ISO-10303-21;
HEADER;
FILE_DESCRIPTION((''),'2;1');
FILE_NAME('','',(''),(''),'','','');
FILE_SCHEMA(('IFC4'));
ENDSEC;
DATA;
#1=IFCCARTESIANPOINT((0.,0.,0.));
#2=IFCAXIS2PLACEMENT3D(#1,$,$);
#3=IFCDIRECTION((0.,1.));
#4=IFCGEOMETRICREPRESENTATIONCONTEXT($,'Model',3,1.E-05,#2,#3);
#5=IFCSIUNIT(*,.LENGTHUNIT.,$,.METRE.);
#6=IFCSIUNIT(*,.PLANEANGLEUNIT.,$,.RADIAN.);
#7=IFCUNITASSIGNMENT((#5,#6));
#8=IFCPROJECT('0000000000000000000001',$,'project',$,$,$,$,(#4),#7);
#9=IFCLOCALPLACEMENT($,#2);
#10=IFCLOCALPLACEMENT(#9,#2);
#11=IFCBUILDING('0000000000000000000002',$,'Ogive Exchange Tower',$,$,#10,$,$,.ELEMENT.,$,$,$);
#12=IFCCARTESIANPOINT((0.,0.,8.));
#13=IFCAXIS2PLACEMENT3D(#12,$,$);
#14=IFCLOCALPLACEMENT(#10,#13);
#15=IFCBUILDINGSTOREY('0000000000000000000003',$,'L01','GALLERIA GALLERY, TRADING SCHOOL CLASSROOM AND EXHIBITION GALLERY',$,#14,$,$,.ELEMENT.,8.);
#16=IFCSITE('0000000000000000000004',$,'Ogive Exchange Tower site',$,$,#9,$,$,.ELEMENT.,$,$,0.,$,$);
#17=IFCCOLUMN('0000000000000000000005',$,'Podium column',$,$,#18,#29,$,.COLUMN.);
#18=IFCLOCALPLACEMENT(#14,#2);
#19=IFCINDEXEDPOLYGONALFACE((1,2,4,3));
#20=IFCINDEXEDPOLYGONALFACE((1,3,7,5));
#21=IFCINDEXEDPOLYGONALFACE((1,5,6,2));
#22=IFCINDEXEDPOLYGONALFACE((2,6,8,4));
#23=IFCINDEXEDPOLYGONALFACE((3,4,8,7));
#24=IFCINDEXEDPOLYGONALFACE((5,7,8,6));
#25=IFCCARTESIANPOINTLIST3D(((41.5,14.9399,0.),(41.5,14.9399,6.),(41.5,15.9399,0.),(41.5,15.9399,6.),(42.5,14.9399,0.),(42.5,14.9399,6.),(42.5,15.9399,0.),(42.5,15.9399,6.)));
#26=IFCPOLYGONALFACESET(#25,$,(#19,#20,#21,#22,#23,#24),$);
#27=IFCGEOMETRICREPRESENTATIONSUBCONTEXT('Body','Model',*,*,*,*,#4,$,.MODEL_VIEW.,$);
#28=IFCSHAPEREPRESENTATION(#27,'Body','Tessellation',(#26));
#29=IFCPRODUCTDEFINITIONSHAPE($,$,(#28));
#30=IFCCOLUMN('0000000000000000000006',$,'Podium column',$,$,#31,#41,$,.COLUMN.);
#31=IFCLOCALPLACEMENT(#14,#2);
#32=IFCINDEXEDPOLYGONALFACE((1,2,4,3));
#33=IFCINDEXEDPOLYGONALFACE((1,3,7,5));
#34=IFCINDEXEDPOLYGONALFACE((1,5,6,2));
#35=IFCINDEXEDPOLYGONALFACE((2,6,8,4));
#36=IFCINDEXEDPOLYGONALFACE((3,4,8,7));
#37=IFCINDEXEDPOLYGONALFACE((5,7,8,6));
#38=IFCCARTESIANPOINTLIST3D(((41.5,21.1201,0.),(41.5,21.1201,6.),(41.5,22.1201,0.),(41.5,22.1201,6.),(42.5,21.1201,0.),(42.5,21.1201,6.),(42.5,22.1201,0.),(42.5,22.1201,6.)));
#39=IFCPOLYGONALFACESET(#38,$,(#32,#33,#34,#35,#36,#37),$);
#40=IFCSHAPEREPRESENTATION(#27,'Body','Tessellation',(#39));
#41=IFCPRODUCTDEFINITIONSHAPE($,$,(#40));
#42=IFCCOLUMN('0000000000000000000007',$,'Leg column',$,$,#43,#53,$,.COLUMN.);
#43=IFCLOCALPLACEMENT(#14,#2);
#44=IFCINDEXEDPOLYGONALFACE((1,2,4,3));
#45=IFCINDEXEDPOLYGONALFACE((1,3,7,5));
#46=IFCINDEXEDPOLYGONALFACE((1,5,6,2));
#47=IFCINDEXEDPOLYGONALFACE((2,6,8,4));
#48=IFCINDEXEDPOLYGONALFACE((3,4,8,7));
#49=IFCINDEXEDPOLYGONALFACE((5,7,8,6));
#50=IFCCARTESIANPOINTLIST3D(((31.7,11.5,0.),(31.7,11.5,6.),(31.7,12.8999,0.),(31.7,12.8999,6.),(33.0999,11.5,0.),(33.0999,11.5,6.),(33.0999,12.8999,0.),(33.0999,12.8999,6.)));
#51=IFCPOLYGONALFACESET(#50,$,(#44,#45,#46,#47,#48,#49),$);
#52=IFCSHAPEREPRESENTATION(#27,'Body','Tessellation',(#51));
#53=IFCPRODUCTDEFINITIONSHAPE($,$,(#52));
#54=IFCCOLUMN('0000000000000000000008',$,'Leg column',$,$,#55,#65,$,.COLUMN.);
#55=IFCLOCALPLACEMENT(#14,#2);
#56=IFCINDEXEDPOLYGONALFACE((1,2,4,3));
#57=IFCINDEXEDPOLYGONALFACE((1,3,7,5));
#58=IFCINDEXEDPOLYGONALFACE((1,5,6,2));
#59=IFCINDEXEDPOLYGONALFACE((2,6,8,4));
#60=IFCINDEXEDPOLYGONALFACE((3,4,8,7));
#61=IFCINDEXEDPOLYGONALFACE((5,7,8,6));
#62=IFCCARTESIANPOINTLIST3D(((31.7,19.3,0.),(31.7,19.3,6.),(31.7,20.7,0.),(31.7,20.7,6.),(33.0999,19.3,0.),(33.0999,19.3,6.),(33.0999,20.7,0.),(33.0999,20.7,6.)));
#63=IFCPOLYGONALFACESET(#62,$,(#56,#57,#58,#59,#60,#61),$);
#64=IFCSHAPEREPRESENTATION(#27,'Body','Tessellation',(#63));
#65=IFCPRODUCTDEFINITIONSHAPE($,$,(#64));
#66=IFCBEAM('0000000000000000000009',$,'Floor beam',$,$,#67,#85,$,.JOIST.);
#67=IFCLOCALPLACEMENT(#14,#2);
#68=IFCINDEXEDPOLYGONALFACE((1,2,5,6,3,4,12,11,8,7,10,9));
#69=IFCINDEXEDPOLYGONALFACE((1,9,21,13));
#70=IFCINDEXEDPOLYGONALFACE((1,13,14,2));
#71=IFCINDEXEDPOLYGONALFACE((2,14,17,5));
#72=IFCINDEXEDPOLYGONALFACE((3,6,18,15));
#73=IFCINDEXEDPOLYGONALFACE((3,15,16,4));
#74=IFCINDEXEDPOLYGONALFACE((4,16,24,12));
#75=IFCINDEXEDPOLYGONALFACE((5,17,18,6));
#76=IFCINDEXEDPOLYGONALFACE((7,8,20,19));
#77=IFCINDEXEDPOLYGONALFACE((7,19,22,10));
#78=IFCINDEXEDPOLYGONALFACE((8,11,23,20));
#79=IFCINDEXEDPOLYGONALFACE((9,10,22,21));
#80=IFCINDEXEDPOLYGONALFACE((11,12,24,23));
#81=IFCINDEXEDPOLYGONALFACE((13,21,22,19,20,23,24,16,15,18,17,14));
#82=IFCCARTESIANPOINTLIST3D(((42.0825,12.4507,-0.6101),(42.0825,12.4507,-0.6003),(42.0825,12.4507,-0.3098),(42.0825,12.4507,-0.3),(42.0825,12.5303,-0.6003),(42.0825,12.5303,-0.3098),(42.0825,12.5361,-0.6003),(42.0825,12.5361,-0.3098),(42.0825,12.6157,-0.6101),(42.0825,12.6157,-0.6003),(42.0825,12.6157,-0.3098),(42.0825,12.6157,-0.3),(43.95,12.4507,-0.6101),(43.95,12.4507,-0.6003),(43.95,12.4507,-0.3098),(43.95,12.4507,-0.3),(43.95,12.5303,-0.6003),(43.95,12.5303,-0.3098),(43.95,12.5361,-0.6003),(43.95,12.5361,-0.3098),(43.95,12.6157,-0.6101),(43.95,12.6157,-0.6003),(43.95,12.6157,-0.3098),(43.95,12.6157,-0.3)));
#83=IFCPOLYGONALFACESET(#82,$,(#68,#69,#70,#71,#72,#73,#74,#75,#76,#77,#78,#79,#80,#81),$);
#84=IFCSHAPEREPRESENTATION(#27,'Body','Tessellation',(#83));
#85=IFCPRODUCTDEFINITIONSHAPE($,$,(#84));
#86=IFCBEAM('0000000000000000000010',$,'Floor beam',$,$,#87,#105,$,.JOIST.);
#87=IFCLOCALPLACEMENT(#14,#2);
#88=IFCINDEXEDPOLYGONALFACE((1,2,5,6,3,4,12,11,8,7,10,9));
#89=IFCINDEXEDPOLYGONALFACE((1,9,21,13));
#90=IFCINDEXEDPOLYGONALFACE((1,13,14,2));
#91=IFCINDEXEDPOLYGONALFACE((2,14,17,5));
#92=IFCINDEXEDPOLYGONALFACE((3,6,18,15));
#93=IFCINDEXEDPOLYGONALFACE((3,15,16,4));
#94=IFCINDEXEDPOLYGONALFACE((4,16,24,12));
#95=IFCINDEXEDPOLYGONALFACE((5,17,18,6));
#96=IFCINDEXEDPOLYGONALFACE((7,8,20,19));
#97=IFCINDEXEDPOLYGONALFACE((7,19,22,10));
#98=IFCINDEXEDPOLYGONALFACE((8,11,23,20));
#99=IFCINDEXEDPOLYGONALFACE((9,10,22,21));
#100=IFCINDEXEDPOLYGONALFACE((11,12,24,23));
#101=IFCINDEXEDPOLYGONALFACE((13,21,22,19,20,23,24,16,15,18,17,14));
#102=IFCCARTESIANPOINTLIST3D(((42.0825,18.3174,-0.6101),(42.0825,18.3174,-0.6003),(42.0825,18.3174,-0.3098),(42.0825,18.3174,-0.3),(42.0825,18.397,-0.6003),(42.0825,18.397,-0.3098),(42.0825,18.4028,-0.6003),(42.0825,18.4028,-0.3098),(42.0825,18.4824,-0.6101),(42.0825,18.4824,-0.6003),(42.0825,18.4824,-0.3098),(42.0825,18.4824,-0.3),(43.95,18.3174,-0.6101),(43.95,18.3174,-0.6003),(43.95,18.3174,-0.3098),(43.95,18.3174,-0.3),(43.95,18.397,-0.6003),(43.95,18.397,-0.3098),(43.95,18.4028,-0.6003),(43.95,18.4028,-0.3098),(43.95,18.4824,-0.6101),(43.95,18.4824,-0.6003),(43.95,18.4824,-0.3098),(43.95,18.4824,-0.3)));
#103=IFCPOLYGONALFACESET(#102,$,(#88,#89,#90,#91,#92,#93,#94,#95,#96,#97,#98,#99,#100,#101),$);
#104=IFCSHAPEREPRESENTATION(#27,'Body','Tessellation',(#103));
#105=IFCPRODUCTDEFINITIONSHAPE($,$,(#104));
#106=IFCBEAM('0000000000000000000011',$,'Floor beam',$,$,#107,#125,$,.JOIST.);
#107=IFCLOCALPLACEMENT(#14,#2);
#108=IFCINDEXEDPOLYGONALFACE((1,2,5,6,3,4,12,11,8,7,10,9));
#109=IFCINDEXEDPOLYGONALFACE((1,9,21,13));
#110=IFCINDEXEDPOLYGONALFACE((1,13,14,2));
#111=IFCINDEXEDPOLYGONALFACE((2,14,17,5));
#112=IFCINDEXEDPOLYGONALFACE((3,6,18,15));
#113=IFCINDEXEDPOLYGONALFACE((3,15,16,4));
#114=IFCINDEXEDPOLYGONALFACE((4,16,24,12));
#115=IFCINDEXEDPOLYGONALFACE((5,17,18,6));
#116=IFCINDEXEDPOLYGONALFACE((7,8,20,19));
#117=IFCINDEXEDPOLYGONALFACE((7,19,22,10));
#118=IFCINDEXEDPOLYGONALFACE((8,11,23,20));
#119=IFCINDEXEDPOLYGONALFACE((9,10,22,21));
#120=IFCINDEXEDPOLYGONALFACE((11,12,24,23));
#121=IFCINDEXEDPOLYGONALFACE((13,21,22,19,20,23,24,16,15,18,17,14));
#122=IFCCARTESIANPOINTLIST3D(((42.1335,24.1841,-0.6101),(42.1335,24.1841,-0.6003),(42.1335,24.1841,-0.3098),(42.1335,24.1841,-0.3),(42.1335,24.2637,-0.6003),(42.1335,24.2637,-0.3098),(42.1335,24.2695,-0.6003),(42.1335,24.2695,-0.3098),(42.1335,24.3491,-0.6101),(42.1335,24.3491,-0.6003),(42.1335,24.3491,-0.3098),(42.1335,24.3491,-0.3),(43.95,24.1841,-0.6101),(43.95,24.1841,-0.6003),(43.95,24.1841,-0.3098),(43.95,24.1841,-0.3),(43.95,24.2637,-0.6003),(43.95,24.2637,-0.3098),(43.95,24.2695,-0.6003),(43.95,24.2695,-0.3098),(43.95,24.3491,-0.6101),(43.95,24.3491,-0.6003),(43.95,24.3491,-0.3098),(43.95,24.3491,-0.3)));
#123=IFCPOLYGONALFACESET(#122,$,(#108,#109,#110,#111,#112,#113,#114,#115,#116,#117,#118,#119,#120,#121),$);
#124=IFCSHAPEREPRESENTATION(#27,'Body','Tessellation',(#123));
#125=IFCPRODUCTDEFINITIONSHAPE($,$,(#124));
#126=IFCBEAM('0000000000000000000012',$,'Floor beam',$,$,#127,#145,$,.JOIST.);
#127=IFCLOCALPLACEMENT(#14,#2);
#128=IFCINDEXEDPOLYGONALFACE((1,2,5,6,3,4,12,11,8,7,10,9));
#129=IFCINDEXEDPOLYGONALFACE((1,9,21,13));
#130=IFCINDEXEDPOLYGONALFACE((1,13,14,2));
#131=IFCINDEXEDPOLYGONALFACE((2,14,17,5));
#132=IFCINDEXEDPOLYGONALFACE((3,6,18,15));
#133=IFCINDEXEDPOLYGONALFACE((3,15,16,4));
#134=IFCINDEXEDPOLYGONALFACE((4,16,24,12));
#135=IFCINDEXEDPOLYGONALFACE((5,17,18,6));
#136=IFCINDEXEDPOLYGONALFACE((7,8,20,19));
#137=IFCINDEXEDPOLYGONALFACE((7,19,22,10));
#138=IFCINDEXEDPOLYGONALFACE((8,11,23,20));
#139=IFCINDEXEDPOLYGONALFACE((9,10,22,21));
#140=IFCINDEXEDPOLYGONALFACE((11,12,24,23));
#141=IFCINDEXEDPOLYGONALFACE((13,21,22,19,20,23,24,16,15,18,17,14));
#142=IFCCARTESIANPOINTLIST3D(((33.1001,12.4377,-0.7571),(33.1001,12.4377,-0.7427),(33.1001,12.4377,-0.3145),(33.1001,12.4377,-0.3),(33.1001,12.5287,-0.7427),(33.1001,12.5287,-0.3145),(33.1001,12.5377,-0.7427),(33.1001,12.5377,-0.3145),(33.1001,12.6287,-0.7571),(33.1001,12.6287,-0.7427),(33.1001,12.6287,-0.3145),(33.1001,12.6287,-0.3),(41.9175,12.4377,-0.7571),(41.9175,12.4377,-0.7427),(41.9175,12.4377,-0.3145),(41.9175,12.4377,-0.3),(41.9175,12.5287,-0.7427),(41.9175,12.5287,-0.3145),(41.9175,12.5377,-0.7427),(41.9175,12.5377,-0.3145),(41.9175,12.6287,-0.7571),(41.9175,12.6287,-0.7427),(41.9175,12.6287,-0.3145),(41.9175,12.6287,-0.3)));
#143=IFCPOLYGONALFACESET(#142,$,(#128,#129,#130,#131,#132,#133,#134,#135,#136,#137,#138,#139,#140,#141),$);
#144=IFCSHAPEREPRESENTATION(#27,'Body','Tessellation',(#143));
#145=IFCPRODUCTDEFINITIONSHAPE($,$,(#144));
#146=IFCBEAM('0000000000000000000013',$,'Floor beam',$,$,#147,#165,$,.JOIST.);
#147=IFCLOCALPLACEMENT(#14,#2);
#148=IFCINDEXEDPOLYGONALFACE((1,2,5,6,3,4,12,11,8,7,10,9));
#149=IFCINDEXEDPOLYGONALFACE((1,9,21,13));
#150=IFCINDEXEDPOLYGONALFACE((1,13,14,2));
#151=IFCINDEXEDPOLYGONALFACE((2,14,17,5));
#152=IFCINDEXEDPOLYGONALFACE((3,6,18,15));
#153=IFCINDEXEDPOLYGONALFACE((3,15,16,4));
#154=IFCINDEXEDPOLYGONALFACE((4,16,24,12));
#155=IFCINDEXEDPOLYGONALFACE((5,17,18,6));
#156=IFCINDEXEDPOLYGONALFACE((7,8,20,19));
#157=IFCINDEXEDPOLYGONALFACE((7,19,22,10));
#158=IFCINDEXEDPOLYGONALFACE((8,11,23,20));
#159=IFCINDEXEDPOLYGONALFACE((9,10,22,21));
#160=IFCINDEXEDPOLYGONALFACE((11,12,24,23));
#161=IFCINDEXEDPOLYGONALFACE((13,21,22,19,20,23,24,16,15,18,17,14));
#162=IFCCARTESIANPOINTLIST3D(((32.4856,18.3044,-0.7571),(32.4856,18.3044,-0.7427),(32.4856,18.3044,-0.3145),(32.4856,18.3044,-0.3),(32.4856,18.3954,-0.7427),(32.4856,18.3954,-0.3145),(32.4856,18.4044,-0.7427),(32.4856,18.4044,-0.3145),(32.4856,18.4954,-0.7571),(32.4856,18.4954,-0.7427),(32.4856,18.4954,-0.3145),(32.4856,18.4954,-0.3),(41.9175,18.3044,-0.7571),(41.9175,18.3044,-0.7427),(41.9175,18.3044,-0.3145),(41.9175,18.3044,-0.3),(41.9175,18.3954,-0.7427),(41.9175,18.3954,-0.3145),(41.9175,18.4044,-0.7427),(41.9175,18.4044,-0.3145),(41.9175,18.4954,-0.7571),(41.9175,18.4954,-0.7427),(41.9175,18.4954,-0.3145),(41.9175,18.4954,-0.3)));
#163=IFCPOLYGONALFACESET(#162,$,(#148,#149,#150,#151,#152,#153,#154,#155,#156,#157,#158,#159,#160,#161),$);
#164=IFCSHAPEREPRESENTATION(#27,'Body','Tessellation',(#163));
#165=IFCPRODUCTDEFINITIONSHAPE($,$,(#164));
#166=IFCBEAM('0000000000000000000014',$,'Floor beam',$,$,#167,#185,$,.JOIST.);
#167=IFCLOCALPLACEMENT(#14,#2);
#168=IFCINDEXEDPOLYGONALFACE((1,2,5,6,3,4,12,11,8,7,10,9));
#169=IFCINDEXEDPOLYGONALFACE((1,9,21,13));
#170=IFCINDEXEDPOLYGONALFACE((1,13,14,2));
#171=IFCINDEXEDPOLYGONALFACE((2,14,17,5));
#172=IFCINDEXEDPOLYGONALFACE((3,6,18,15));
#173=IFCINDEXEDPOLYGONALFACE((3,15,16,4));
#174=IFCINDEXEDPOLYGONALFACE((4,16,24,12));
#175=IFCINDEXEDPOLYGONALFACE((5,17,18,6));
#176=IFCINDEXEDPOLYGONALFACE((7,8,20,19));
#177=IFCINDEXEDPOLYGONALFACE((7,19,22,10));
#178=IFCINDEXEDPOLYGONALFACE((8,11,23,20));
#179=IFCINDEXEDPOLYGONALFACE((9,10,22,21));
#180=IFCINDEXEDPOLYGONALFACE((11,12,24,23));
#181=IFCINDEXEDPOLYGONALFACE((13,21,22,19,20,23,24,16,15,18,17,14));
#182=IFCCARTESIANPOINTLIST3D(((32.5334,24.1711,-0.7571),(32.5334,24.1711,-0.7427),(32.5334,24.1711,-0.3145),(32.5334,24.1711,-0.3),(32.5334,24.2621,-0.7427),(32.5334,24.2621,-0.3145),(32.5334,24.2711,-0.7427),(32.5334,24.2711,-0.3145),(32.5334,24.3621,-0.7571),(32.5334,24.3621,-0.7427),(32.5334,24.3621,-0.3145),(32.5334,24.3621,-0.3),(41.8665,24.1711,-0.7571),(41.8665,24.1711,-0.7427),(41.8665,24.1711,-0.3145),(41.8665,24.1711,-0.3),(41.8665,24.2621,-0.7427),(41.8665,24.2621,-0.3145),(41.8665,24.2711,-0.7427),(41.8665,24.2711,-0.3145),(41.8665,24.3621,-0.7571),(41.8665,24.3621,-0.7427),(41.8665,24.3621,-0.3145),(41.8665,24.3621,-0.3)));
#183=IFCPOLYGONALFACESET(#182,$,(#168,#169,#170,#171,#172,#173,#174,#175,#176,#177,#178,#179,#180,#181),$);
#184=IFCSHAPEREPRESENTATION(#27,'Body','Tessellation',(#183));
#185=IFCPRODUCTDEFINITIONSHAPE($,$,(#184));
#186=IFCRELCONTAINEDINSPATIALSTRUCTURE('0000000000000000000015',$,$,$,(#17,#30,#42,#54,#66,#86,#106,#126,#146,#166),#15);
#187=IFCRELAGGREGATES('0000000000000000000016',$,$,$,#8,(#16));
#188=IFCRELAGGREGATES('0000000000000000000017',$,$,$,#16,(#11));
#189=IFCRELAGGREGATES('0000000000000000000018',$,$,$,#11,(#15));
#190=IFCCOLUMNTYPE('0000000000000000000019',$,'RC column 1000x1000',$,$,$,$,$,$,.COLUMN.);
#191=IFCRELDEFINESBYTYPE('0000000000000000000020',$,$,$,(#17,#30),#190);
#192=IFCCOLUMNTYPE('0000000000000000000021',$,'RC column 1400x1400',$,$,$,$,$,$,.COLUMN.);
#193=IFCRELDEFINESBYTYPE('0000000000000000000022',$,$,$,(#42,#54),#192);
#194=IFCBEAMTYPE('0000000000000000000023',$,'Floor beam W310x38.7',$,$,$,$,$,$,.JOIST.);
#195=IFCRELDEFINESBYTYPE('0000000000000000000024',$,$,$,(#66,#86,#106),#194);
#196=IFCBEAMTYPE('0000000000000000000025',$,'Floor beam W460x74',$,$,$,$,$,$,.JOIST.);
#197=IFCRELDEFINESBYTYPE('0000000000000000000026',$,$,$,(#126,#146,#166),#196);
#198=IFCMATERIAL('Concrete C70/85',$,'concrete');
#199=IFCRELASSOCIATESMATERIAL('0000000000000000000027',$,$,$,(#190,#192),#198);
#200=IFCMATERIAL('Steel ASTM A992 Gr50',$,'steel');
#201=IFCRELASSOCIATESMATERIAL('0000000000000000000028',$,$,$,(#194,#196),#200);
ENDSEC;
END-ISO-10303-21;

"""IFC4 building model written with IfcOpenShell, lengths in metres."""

from ifc_helpers import new_model, si_unit, direction, frame, origin, origin_2d, place, context, subcontext, project, spatial, rectangle, i_section, extrude, material, material_profile, profile_set, type_object, element, save


model = new_model("IFC4")

# Units and contexts
model_context = context("Model", 3, precision=1e-05, world=origin(), true_north=direction((0.0, 1.0)))
body_context = subcontext(model_context, "Body", "Model", "MODEL_VIEW")
ifc_project = project(units=[si_unit("LENGTHUNIT", "METRE"), si_unit("PLANEANGLEUNIT", "RADIAN")], contexts=[model_context])

# Site, building, storey
site_placement = place(None, origin())
site = spatial("IfcSite", under=ifc_project, at=site_placement, Name="Ogive Exchange Tower site", CompositionType="ELEMENT", RefElevation=0.0)
building_placement = place(site_placement, origin())
building = spatial("IfcBuilding", under=site, at=building_placement, Name="Ogive Exchange Tower", CompositionType="ELEMENT")
storey_placement = place(building_placement, frame((0.0, 0.0, 8.0)))
storey = spatial("IfcBuildingStorey", under=building, at=storey_placement, Name="L01", Description="GALLERIA GALLERY, TRADING SCHOOL CLASSROOM AND EXHIBITION GALLERY", CompositionType="ELEMENT", Elevation=8.0)

# Columns
ifc_material_1 = material(Name="Concrete C70/85", Category="concrete")
ifc_material_profile_1 = material_profile(ifc_material_1, rectangle(XDim=1.0, YDim=1.0, at=origin_2d()), Name="RC 1000x1000")
ifc_profile_set_1 = profile_set([ifc_material_profile_1], Name="Concrete C70/85")
column_type_1 = type_object("IfcColumnType", Name="RC column 1000x1000", PredefinedType="COLUMN", material=ifc_profile_set_1)
for number, where, z_axis, x_axis, name in (
    (1, (42.0, 15.4399, 0.0), (0.0, 0.0, 1.0), (1.0, 0.0, 0.0), "Podium column"),
    (2, (42.0, 21.6201, 0.0), (0.0, 0.0, 1.0), (1.0, 0.0, 0.0), "Podium column"),
):
    element("IfcColumn", number, at=place(storey_placement, frame(where, z_axis=z_axis, x_axis=x_axis)), inside=storey, type_object=column_type_1, Name=name, PredefinedType="COLUMN", context=body_context, shape_type="SweptSolid", body=[
        extrude(rectangle(XDim=1.0, YDim=1.0, at=origin_2d()), origin(), (0.0, 0.0, 1.0), 6.0),
    ])
ifc_material_profile_2 = material_profile(ifc_material_1, rectangle(XDim=1.3999, YDim=1.3999, at=origin_2d()), Name="RC 1400x1400")
ifc_profile_set_2 = profile_set([ifc_material_profile_2], Name="Concrete C70/85")
column_type_2 = type_object("IfcColumnType", Name="RC column 1400x1400", PredefinedType="COLUMN", material=ifc_profile_set_2)
for number, where, z_axis, x_axis, name in (
    (3, (32.3999, 12.2, 0.0), (0.0, 0.0, 1.0), (1.0, 0.0, 0.0), "Leg column"),
    (4, (32.3999, 20.0, 0.0), (0.0, 0.0, 1.0), (1.0, 0.0, 0.0), "Leg column"),
):
    element("IfcColumn", number, at=place(storey_placement, frame(where, z_axis=z_axis, x_axis=x_axis)), inside=storey, type_object=column_type_2, Name=name, PredefinedType="COLUMN", context=body_context, shape_type="SweptSolid", body=[
        extrude(rectangle(XDim=1.3999, YDim=1.3999, at=origin_2d()), origin(), (0.0, 0.0, 1.0), 6.0),
    ])

# Beams
ifc_material_2 = material(Name="Steel ASTM A992 Gr50", Category="steel")
ifc_material_profile_3 = material_profile(ifc_material_2, i_section(OverallWidth=0.165, OverallDepth=0.3101, WebThickness=0.0059, FlangeThickness=0.0098, at=origin_2d()), Name="W310x38.7")
ifc_profile_set_3 = profile_set([ifc_material_profile_3], Name="Steel ASTM A992 Gr50")
beam_type_1 = type_object("IfcBeamType", Name="Floor beam W310x38.7", PredefinedType="JOIST", material=ifc_profile_set_3)
for number, where, z_axis, x_axis, name in (
    (5, (42.0825, 12.5332, -0.4551), (1.0, 0.0, 0.0), (0.0, 1.0, 0.0), "Floor beam"),
    (6, (42.0825, 18.3999, -0.4551), (1.0, 0.0, 0.0), (0.0, 1.0, 0.0), "Floor beam"),
):
    element("IfcBeam", number, at=place(storey_placement, frame(where, z_axis=z_axis, x_axis=x_axis)), inside=storey, type_object=beam_type_1, Name=name, PredefinedType="JOIST", context=body_context, shape_type="SweptSolid", body=[
        extrude(i_section(OverallWidth=0.165, OverallDepth=0.3101, WebThickness=0.0059, FlangeThickness=0.0098, at=origin_2d()), origin(), (0.0, 0.0, 1.0), 1.8674),
    ])
beam_1_placement = place(storey_placement, frame((42.1335, 24.2666, -0.4551), z_axis=(1.0, 0.0, 0.0), x_axis=(0.0, 1.0, 0.0)))
element("IfcBeam", 7, at=beam_1_placement, inside=storey, type_object=beam_type_1, Name="Floor beam", PredefinedType="JOIST", context=body_context, shape_type="SweptSolid", body=[
    extrude(i_section(OverallWidth=0.165, OverallDepth=0.3101, WebThickness=0.0059, FlangeThickness=0.0098, at=origin_2d()), origin(), (0.0, 0.0, 1.0), 1.8164),
])
ifc_material_profile_4 = material_profile(ifc_material_2, i_section(OverallWidth=0.1909, OverallDepth=0.457, WebThickness=0.009, FlangeThickness=0.0144, at=origin_2d()), Name="W460x74")
ifc_profile_set_4 = profile_set([ifc_material_profile_4], Name="Steel ASTM A992 Gr50")
beam_type_2 = type_object("IfcBeamType", Name="Floor beam W460x74", PredefinedType="JOIST", material=ifc_profile_set_4)
beam_2_placement = place(storey_placement, frame((33.1001, 12.5332, -0.5286), z_axis=(1.0, 0.0, 0.0), x_axis=(0.0, 1.0, 0.0)))
element("IfcBeam", 8, at=beam_2_placement, inside=storey, type_object=beam_type_2, Name="Floor beam", PredefinedType="JOIST", context=body_context, shape_type="SweptSolid", body=[
    extrude(i_section(OverallWidth=0.1909, OverallDepth=0.457, WebThickness=0.009, FlangeThickness=0.0144, at=origin_2d()), origin(), (0.0, 0.0, 1.0), 8.8174),
])
beam_3_placement = place(storey_placement, frame((32.4856, 18.3999, -0.5286), z_axis=(1.0, 0.0, 0.0), x_axis=(0.0, 1.0, 0.0)))
element("IfcBeam", 9, at=beam_3_placement, inside=storey, type_object=beam_type_2, Name="Floor beam", PredefinedType="JOIST", context=body_context, shape_type="SweptSolid", body=[
    extrude(i_section(OverallWidth=0.1909, OverallDepth=0.457, WebThickness=0.009, FlangeThickness=0.0144, at=origin_2d()), origin(), (0.0, 0.0, 1.0), 9.4319),
])
beam_4_placement = place(storey_placement, frame((32.5334, 24.2666, -0.5286), z_axis=(1.0, 0.0, 0.0), x_axis=(0.0, 1.0, 0.0)))
element("IfcBeam", 10, at=beam_4_placement, inside=storey, type_object=beam_type_2, Name="Floor beam", PredefinedType="JOIST", context=body_context, shape_type="SweptSolid", body=[
    extrude(i_section(OverallWidth=0.1909, OverallDepth=0.457, WebThickness=0.009, FlangeThickness=0.0144, at=origin_2d()), origin(), (0.0, 0.0, 1.0), 9.333),
])

save(model, "model.ifc")
